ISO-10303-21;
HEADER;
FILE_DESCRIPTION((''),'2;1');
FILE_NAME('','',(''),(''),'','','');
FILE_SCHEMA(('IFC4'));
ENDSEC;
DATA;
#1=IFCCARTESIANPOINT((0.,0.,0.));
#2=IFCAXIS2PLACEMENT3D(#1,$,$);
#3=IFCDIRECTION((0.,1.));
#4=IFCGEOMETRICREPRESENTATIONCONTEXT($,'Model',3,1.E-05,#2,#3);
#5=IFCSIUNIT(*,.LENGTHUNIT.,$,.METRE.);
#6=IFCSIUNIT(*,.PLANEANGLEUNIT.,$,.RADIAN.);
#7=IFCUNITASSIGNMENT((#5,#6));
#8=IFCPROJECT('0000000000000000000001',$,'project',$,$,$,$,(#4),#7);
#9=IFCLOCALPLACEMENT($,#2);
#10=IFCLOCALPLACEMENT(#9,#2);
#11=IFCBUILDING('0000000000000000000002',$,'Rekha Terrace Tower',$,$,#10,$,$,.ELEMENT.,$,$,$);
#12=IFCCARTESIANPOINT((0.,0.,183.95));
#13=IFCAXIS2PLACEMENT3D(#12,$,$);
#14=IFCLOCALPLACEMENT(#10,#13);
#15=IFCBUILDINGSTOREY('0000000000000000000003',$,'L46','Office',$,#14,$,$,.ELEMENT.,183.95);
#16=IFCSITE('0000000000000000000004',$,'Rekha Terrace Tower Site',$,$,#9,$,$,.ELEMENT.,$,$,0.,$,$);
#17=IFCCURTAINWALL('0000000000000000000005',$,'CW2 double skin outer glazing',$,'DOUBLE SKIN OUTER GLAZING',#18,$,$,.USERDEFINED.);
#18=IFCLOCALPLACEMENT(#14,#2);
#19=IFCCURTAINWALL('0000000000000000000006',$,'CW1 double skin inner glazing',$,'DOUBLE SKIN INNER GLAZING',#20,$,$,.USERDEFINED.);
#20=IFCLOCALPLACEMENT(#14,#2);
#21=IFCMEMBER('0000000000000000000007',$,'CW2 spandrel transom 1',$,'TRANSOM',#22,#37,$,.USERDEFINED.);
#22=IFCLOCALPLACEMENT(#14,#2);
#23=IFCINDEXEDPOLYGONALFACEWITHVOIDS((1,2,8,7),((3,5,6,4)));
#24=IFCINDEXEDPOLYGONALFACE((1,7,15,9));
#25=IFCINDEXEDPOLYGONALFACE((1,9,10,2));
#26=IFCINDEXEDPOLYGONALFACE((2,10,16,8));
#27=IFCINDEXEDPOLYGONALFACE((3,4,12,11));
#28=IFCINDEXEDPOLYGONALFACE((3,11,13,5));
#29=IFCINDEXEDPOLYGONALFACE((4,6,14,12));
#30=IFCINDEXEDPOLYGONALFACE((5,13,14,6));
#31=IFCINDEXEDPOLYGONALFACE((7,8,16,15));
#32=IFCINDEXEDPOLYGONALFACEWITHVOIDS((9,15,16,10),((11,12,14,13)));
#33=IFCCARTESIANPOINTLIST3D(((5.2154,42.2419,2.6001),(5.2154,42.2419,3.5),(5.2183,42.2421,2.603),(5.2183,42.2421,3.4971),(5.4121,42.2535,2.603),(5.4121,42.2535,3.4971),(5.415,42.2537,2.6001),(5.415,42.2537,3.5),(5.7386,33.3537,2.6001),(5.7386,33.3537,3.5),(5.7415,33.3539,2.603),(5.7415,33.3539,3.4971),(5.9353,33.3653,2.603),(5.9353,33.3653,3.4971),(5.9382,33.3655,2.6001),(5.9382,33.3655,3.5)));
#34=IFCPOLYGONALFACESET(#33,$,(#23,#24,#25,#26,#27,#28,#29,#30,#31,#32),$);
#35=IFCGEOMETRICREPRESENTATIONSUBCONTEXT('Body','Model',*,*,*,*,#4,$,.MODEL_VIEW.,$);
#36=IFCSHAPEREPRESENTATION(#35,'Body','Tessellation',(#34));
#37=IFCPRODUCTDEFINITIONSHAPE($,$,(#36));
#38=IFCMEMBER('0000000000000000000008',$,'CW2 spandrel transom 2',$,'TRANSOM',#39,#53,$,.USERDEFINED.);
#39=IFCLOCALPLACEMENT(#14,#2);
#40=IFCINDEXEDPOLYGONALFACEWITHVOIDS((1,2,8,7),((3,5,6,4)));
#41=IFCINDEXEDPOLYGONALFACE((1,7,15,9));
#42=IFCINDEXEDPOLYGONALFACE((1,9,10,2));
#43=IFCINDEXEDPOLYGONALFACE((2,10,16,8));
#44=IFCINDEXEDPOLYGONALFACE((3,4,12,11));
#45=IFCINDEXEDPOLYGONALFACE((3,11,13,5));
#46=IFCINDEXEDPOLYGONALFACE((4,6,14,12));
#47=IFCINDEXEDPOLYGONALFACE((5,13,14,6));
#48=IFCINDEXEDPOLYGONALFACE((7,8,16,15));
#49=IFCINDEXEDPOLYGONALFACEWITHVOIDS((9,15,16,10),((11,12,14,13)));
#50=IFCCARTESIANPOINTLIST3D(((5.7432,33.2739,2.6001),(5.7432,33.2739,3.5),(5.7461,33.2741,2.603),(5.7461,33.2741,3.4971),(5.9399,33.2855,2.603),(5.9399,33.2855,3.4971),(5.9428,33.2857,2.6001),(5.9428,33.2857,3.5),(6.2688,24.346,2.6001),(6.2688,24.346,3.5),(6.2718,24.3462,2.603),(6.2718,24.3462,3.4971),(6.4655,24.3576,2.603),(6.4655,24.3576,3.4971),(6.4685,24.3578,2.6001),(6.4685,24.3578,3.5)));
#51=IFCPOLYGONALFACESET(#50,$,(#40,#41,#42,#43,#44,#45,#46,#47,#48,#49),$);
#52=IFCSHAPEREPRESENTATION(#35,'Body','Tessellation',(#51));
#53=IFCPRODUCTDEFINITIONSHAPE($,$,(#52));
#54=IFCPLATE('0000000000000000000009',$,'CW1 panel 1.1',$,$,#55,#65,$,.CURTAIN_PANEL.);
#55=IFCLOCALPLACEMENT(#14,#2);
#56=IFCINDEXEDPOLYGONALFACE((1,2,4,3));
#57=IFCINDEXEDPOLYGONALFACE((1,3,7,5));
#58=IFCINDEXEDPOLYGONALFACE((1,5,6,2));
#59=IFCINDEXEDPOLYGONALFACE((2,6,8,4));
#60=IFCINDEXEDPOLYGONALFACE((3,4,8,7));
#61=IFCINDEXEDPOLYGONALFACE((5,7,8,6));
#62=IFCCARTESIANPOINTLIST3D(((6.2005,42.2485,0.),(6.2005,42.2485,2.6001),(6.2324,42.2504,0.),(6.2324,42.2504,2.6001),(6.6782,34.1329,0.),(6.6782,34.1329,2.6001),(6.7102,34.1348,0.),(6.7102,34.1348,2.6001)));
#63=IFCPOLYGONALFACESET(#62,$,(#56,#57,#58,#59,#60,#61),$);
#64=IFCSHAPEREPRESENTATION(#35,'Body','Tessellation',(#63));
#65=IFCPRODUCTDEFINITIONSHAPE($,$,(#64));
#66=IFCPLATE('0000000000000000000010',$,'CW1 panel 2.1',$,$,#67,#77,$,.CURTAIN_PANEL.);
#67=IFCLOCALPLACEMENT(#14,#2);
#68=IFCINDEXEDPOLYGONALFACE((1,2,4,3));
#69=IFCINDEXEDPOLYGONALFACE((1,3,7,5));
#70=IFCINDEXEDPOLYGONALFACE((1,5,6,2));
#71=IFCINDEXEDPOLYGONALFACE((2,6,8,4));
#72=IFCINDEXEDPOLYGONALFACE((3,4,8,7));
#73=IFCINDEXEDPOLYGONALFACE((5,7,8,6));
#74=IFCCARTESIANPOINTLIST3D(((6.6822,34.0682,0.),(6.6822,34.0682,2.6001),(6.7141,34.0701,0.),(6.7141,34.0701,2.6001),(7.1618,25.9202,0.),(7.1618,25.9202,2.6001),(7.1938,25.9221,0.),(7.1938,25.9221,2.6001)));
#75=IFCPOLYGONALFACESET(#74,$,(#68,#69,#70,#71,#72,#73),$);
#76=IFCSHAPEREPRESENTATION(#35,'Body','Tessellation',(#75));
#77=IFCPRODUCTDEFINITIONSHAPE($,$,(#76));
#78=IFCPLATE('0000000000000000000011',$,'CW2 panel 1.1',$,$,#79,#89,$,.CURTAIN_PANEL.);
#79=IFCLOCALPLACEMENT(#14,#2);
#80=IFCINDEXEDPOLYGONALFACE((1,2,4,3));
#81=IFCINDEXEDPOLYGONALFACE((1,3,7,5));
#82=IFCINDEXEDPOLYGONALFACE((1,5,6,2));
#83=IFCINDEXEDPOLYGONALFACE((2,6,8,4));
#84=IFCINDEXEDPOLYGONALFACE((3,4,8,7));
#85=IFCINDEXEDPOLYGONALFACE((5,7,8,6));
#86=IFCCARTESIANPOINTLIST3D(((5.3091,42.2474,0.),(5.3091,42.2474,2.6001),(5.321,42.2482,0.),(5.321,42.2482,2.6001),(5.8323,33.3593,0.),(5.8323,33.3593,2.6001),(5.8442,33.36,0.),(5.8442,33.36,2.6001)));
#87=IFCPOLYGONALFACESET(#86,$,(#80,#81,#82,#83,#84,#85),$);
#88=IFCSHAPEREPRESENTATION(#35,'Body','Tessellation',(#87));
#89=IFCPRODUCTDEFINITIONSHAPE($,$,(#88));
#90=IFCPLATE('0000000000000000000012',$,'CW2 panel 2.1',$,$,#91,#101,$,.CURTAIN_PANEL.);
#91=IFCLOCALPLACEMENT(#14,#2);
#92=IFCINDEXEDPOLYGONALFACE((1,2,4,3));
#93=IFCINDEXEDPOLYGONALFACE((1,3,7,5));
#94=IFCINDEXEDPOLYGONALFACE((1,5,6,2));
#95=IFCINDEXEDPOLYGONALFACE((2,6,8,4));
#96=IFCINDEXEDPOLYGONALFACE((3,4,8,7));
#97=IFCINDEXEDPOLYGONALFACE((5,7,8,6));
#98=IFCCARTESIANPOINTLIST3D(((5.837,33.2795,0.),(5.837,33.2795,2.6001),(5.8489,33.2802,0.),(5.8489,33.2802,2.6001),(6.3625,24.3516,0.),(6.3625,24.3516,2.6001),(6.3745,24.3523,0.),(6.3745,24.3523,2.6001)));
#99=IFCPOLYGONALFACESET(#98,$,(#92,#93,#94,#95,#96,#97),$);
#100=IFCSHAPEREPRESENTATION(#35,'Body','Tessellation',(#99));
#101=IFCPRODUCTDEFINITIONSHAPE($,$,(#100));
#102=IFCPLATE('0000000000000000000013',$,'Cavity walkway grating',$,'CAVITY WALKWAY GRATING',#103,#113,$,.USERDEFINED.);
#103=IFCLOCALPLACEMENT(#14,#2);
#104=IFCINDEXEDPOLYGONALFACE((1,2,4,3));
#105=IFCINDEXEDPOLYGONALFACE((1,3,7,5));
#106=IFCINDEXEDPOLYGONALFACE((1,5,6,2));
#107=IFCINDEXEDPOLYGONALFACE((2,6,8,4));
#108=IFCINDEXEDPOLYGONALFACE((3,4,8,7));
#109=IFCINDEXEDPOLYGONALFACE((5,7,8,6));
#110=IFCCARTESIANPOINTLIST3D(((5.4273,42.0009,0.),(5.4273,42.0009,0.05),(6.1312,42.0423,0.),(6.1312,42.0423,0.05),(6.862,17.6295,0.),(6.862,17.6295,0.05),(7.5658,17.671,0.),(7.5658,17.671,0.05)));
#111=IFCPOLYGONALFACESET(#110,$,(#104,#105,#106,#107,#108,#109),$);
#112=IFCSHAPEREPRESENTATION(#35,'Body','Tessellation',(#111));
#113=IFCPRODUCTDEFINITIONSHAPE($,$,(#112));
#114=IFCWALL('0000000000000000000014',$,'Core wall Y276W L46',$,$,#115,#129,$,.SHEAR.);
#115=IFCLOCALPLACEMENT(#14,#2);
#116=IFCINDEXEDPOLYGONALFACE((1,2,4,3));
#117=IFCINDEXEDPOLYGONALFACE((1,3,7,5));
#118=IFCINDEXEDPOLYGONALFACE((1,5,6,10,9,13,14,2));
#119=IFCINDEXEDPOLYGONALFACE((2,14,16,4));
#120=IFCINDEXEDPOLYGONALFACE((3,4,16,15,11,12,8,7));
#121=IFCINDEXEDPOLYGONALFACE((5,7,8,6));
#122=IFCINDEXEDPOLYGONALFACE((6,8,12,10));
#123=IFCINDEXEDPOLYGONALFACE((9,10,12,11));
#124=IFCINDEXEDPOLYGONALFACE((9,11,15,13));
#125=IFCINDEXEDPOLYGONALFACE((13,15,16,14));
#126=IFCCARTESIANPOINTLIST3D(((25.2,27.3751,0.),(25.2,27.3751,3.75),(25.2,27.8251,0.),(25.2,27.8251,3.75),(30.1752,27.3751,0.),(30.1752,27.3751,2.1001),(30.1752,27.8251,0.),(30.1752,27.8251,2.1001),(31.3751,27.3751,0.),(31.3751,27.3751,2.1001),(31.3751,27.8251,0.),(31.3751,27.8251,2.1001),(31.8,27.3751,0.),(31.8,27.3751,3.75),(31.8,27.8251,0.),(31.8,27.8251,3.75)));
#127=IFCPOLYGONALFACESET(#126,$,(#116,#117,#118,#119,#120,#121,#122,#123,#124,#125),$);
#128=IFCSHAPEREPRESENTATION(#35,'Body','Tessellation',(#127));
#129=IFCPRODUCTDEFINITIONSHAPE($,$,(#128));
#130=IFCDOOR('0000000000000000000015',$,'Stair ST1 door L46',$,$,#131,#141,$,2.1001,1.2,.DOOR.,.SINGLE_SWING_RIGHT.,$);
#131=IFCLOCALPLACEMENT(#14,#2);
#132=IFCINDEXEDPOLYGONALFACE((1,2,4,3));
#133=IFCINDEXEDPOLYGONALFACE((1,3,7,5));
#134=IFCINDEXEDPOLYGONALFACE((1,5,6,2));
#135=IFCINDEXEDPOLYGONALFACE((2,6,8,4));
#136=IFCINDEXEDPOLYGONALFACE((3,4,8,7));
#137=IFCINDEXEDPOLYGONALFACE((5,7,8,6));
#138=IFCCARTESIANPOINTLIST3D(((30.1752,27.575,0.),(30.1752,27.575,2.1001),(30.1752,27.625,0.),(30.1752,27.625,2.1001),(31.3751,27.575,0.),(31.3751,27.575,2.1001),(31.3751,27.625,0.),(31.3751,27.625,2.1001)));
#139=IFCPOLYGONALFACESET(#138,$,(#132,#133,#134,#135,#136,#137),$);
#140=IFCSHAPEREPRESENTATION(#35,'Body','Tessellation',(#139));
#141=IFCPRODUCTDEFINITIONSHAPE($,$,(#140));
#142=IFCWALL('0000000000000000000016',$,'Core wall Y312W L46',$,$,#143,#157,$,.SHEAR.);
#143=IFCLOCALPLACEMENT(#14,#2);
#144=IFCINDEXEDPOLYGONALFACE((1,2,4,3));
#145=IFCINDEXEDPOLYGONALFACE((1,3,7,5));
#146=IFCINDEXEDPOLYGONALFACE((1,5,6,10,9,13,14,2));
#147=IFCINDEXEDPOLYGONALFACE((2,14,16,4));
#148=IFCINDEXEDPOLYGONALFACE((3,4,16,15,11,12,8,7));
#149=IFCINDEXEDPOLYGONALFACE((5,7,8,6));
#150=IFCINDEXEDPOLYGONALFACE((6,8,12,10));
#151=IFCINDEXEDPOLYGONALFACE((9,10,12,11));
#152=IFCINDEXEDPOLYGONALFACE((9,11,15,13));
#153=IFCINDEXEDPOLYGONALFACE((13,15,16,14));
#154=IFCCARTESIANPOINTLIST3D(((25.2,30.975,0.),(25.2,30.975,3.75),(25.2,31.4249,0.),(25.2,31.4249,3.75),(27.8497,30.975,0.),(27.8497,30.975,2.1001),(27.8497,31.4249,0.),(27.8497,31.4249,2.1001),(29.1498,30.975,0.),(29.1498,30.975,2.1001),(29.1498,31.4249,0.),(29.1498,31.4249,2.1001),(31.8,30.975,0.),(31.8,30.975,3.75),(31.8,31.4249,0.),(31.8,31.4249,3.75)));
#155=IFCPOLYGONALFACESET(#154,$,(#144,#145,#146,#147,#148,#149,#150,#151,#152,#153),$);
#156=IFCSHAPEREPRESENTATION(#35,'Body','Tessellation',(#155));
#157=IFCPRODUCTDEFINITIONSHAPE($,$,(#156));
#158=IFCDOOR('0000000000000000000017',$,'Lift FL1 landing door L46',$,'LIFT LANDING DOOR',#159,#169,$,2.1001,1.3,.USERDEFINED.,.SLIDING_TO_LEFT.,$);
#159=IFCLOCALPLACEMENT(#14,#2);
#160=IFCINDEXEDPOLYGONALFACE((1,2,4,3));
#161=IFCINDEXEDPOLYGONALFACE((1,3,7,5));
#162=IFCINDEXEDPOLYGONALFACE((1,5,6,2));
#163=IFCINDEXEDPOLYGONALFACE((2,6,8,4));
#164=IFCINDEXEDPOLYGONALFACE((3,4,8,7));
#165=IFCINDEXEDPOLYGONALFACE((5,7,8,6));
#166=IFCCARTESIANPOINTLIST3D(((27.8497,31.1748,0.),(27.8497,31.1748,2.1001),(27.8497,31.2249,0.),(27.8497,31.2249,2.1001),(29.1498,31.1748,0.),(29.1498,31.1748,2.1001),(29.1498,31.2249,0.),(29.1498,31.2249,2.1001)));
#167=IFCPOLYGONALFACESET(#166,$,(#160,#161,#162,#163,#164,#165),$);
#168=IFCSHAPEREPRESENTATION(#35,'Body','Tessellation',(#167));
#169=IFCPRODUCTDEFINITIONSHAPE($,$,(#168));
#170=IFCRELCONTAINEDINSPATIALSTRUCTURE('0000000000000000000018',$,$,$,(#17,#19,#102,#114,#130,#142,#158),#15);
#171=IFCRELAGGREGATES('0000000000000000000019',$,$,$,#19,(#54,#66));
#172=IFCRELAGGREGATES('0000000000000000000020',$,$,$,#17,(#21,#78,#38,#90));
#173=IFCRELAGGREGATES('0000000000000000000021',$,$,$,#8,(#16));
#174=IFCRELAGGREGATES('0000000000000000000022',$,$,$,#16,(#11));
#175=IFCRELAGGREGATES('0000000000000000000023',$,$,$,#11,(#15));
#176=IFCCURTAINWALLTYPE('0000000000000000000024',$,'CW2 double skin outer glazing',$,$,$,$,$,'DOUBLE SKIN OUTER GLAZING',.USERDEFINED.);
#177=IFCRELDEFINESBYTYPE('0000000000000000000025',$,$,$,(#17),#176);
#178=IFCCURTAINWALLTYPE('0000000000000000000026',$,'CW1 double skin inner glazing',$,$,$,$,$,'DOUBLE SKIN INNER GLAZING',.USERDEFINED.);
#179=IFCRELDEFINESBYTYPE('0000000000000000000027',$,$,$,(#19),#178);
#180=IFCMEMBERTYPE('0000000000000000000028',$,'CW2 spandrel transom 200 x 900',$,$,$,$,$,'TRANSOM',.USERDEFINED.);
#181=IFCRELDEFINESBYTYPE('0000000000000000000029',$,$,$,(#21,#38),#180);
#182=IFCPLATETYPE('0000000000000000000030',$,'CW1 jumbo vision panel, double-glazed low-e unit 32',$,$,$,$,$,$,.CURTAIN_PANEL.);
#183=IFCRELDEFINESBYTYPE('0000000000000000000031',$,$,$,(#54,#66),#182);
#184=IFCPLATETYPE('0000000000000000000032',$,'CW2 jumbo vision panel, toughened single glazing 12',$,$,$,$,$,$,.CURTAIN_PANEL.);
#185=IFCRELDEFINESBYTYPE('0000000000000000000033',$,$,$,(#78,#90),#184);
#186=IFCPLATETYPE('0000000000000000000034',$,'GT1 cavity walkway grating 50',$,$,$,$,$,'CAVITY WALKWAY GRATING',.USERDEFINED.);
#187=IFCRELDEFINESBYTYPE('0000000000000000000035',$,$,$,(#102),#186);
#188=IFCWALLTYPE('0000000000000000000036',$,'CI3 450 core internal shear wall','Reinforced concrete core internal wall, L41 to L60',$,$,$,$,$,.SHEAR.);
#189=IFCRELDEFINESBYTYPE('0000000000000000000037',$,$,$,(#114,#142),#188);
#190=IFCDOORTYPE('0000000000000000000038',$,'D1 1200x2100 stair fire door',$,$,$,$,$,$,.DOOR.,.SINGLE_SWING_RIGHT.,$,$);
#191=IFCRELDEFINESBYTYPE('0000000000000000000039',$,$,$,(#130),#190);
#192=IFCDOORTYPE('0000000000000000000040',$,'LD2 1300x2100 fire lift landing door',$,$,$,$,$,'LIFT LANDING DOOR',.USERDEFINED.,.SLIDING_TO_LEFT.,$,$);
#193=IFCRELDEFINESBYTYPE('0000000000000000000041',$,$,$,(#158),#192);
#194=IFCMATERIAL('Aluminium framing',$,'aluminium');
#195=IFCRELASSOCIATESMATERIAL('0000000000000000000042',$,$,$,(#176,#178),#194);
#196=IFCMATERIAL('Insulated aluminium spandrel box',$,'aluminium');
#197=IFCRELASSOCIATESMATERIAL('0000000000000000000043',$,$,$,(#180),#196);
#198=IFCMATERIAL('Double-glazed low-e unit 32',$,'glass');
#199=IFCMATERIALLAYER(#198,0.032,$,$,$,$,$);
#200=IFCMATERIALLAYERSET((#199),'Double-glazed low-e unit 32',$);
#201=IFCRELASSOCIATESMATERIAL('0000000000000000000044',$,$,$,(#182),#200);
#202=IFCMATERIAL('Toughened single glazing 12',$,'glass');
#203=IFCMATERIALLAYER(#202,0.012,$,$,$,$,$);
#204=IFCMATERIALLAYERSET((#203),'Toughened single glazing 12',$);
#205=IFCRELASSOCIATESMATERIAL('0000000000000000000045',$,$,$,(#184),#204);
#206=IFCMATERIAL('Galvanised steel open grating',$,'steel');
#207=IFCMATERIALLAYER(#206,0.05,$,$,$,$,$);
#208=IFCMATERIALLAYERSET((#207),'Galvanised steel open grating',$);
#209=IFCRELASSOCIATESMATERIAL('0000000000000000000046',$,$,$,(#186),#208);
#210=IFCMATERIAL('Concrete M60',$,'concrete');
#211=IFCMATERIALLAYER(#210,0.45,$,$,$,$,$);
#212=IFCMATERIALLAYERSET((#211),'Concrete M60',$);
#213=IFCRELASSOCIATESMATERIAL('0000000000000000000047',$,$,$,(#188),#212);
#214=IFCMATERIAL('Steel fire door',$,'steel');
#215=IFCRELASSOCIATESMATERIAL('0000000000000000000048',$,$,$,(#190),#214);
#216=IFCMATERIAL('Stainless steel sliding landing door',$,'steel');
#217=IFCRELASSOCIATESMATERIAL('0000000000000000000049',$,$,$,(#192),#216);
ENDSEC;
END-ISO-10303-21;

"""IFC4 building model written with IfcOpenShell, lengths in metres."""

from ifc_helpers import new_model, si_unit, direction, frame, frame_2d, origin, origin_2d, place, context, subcontext, project, spatial, rectangle, hollow_rectangle, extrude, material, layer, layer_set, material_profile, profile_set, type_object, element, fill, aggregate, save


model = new_model("IFC4")

# Units and contexts
model_context = context("Model", 3, precision=1e-05, world=origin(), true_north=direction((0.0, 1.0)))
body_context = subcontext(model_context, "Body", "Model", "MODEL_VIEW")
ifc_project = project(units=[si_unit("LENGTHUNIT", "METRE"), si_unit("PLANEANGLEUNIT", "RADIAN")], contexts=[model_context])

# Site, building, storey
site_placement = place(None, origin())
site = spatial("IfcSite", under=ifc_project, at=site_placement, Name="Rekha Terrace Tower Site", CompositionType="ELEMENT", RefElevation=0.0)
building_placement = place(site_placement, origin())
building = spatial("IfcBuilding", under=site, at=building_placement, Name="Rekha Terrace Tower", CompositionType="ELEMENT")
storey_placement = place(building_placement, frame((0.0, 0.0, 183.95)))
storey = spatial("IfcBuildingStorey", under=building, at=storey_placement, Name="L46", Description="Office", CompositionType="ELEMENT", Elevation=183.95)

# Curtain wall
ifc_material_1 = material(Name="Aluminium framing", Category="aluminium")
curtain_wall_type_1 = type_object("IfcCurtainWallType", Name="CW2 double skin outer glazing", ElementType="DOUBLE SKIN OUTER GLAZING", PredefinedType="USERDEFINED", material=ifc_material_1)
curtain_wall_1_placement = place(storey_placement, origin())
curtain_wall_1 = element("IfcCurtainWall", 1, at=curtain_wall_1_placement, inside=storey, type_object=curtain_wall_type_1, Name="CW2 double skin outer glazing", ObjectType="DOUBLE SKIN OUTER GLAZING", PredefinedType="USERDEFINED")

# Curtain wall
curtain_wall_type_2 = type_object("IfcCurtainWallType", Name="CW1 double skin inner glazing", ElementType="DOUBLE SKIN INNER GLAZING", PredefinedType="USERDEFINED", material=ifc_material_1)
curtain_wall_2_placement = place(storey_placement, origin())
curtain_wall_2 = element("IfcCurtainWall", 2, at=curtain_wall_2_placement, inside=storey, type_object=curtain_wall_type_2, Name="CW1 double skin inner glazing", ObjectType="DOUBLE SKIN INNER GLAZING", PredefinedType="USERDEFINED")
ifc_material_2 = material(Name="Insulated aluminium spandrel box", Category="aluminium")

# Members
ifc_material_profile_1 = material_profile(ifc_material_2, hollow_rectangle(XDim=0.2, YDim=0.8999, WallThickness=0.0029, at=origin_2d()), Name="AL SPANDREL BOX 200x900")
ifc_profile_set_1 = profile_set([ifc_material_profile_1], Name="Insulated aluminium spandrel box")
member_type_1 = type_object("IfcMemberType", Name="CW2 spandrel transom 200 x 900", ElementType="TRANSOM", PredefinedType="USERDEFINED", material=ifc_profile_set_1)
member_1_placement = place(storey_placement, frame((5.3152, 42.2478, 3.05), z_axis=(0.058762, -0.998272, 0.0), x_axis=(0.998272, 0.058762, 0.0)))
member_1 = element("IfcMember", 3, at=member_1_placement, type_object=member_type_1, Name="CW2 spandrel transom 1", ObjectType="TRANSOM", PredefinedType="USERDEFINED", context=body_context, shape_type="SweptSolid", body=[
    extrude(hollow_rectangle(XDim=0.2, YDim=0.8999, WallThickness=0.0029, at=origin_2d()), origin(), (0.0, 0.0, 1.0), 8.9036),
])
member_2_placement = place(storey_placement, frame((5.843, 33.2798, 3.05), z_axis=(0.058773, -0.998271, 0.0), x_axis=(0.998271, 0.058773, 0.0)))
member_2 = element("IfcMember", 4, at=member_2_placement, type_object=member_type_1, Name="CW2 spandrel transom 2", ObjectType="TRANSOM", PredefinedType="USERDEFINED", context=body_context, shape_type="SweptSolid", body=[
    extrude(hollow_rectangle(XDim=0.2, YDim=0.8999, WallThickness=0.0029, at=origin_2d()), origin(), (0.0, 0.0, 1.0), 8.9434),
])

# Plates
ifc_material_3 = material(Name="Double-glazed low-e unit 32", Category="glass")
ifc_layer_1 = layer(ifc_material_3, 0.032)
ifc_layer_set_1 = layer_set([ifc_layer_1], Name="Double-glazed low-e unit 32")
plate_type_1 = type_object("IfcPlateType", Name="CW1 jumbo vision panel, double-glazed low-e unit 32", PredefinedType="CURTAIN_PANEL", material=ifc_layer_set_1)
plate_1_placement = place(storey_placement, frame((6.4553, 38.1917, 0.0), z_axis=(0.0, 0.0, 1.0), x_axis=(0.058765, -0.998272, 0.0)))
plate_1 = element("IfcPlate", 5, at=plate_1_placement, type_object=plate_type_1, Name="CW1 panel 1.1", PredefinedType="CURTAIN_PANEL", context=body_context, shape_type="SweptSolid", body=[
    extrude(rectangle(XDim=8.1296, YDim=0.032, at=origin_2d()), origin(), (0.0, 0.0, 1.0), 2.6001),
])
plate_2_placement = place(storey_placement, frame((6.938, 29.9951, 0.0), z_axis=(0.0, 0.0, 1.0), x_axis=(0.058765, -0.998272, 0.0)))
plate_2 = element("IfcPlate", 6, at=plate_2_placement, type_object=plate_type_1, Name="CW1 panel 2.1", PredefinedType="CURTAIN_PANEL", context=body_context, shape_type="SweptSolid", body=[
    extrude(rectangle(XDim=8.1621, YDim=0.032, at=origin_2d()), origin(), (0.0, 0.0, 1.0), 2.6001),
])
aggregate(curtain_wall_2, [plate_1, plate_2])
ifc_material_4 = material(Name="Toughened single glazing 12", Category="glass")
ifc_layer_2 = layer(ifc_material_4, 0.012)
ifc_layer_set_2 = layer_set([ifc_layer_2], Name="Toughened single glazing 12")
plate_type_2 = type_object("IfcPlateType", Name="CW2 jumbo vision panel, toughened single glazing 12", PredefinedType="CURTAIN_PANEL", material=ifc_layer_set_2)
plate_3_placement = place(storey_placement, frame((5.5767, 37.8037, 0.0), z_axis=(0.0, 0.0, 1.0), x_axis=(0.058765, -0.998272, 0.0)))
plate_3 = element("IfcPlate", 7, at=plate_3_placement, type_object=plate_type_2, Name="CW2 panel 1.1", PredefinedType="CURTAIN_PANEL", context=body_context, shape_type="SweptSolid", body=[
    extrude(rectangle(XDim=8.9036, YDim=0.012, at=origin_2d()), origin(), (0.0, 0.0, 1.0), 2.6001),
])
plate_4_placement = place(storey_placement, frame((6.1057, 28.8159, 0.0), z_axis=(0.0, 0.0, 1.0), x_axis=(0.058765, -0.998272, 0.0)))
plate_4 = element("IfcPlate", 8, at=plate_4_placement, type_object=plate_type_2, Name="CW2 panel 2.1", PredefinedType="CURTAIN_PANEL", context=body_context, shape_type="SweptSolid", body=[
    extrude(rectangle(XDim=8.9434, YDim=0.012, at=origin_2d()), origin(), (0.0, 0.0, 1.0), 2.6001),
])
aggregate(curtain_wall_1, [member_1, plate_3, member_2, plate_4])
ifc_material_5 = material(Name="Galvanised steel open grating", Category="steel")
ifc_layer_3 = layer(ifc_material_5, 0.05)
ifc_layer_set_3 = layer_set([ifc_layer_3], Name="Galvanised steel open grating")
plate_type_3 = type_object("IfcPlateType", Name="GT1 cavity walkway grating 50", ElementType="CAVITY WALKWAY GRATING", PredefinedType="USERDEFINED", material=ifc_layer_set_3)
plate_5_placement = place(storey_placement, frame((6.4966, 29.8359, 0.0), z_axis=(0.0, 0.0, 1.0), x_axis=(0.058765, -0.998272, 0.0)))
element("IfcPlate", 9, at=plate_5_placement, inside=storey, type_object=plate_type_3, Name="Cavity walkway grating", ObjectType="CAVITY WALKWAY GRATING", PredefinedType="USERDEFINED", context=body_context, shape_type="SweptSolid", body=[
    extrude(rectangle(XDim=24.4136, YDim=0.7051, at=origin_2d()), origin(), (0.0, 0.0, 1.0), 0.05),
])

# Walls, openings, doors
ifc_material_6 = material(Name="Concrete M60", Category="concrete")
ifc_layer_4 = layer(ifc_material_6, 0.45)
ifc_layer_set_4 = layer_set([ifc_layer_4], Name="Concrete M60")
wall_type_1 = type_object("IfcWallType", Name="CI3 450 core internal shear wall", Description="Reinforced concrete core internal wall, L41 to L60", PredefinedType="SHEAR", material=ifc_layer_set_4)
wall_1_placement = place(storey_placement, frame((25.2, 27.6001, 0.0), z_axis=(0.0, 0.0, 1.0), x_axis=(1.0, 0.0, 0.0)))
wall_1 = element("IfcWall", 10, at=wall_1_placement, inside=storey, type_object=wall_type_1, Name="Core wall Y276W L46", PredefinedType="SHEAR", context=body_context, shape_type="SweptSolid", body=[
    extrude(rectangle(XDim=6.6001, YDim=0.45, at=frame_2d((3.3, 0.0))), origin(), (0.0, 0.0, 1.0), 3.75),
])
opening_1_placement = place(wall_1_placement, frame((4.9751, 0.0, 0.0)))
opening_1 = element("IfcOpeningElement", 11, at=opening_1_placement, cuts=wall_1, PredefinedType="OPENING", context=body_context, shape_type="SweptSolid", body=[
    extrude(rectangle(XDim=1.2, YDim=2.1001, at=frame_2d((0.6001, 1.05))), frame((0.0, 0.2349, 0.0), z_axis=(0.0, -1.0, 0.0), x_axis=(1.0, 0.0, 0.0)), (0.0, 0.0, 1.0), 0.47),
])
ifc_material_7 = material(Name="Steel fire door", Category="steel")
door_type_1 = type_object("IfcDoorType", Name="D1 1200x2100 stair fire door", OperationType="SINGLE_SWING_RIGHT", PredefinedType="DOOR", material=ifc_material_7)
door_1_placement = place(opening_1_placement, origin())
door_1 = element("IfcDoor", 12, at=door_1_placement, inside=storey, type_object=door_type_1, Name="Stair ST1 door L46", OperationType="SINGLE_SWING_RIGHT", OverallHeight=2.1001, OverallWidth=1.2, PredefinedType="DOOR", context=body_context, shape_type="SweptSolid", body=[
    extrude(rectangle(XDim=1.2, YDim=2.1001, at=frame_2d((0.6001, 1.05))), frame((0.0, 0.0249, 0.0), z_axis=(0.0, -1.0, 0.0), x_axis=(1.0, 0.0, 0.0)), (0.0, 0.0, 1.0), 0.05),
])
fill(opening_1, door_1)
wall_2_placement = place(storey_placement, frame((25.2, 31.2, 0.0), z_axis=(0.0, 0.0, 1.0), x_axis=(1.0, 0.0, 0.0)))
wall_2 = element("IfcWall", 13, at=wall_2_placement, inside=storey, type_object=wall_type_1, Name="Core wall Y312W L46", PredefinedType="SHEAR", context=body_context, shape_type="SweptSolid", body=[
    extrude(rectangle(XDim=6.6001, YDim=0.45, at=frame_2d((3.3, 0.0))), origin(), (0.0, 0.0, 1.0), 3.75),
])
opening_2_placement = place(wall_2_placement, frame((2.6499, 0.0, 0.0)))
opening_2 = element("IfcOpeningElement", 14, at=opening_2_placement, cuts=wall_2, PredefinedType="OPENING", context=body_context, shape_type="SweptSolid", body=[
    extrude(rectangle(XDim=1.3, YDim=2.1001, at=frame_2d((0.6499, 1.05))), frame((0.0, 0.2349, 0.0), z_axis=(0.0, -1.0, 0.0), x_axis=(1.0, 0.0, 0.0)), (0.0, 0.0, 1.0), 0.47),
])
ifc_material_8 = material(Name="Stainless steel sliding landing door", Category="steel")
door_type_2 = type_object("IfcDoorType", Name="LD2 1300x2100 fire lift landing door", ElementType="LIFT LANDING DOOR", OperationType="SLIDING_TO_LEFT", PredefinedType="USERDEFINED", material=ifc_material_8)
door_2_placement = place(opening_2_placement, origin())
door_2 = element("IfcDoor", 15, at=door_2_placement, inside=storey, type_object=door_type_2, Name="Lift FL1 landing door L46", ObjectType="LIFT LANDING DOOR", OperationType="SLIDING_TO_LEFT", OverallHeight=2.1001, OverallWidth=1.3, PredefinedType="USERDEFINED", context=body_context, shape_type="SweptSolid", body=[
    extrude(rectangle(XDim=1.3, YDim=2.1001, at=frame_2d((0.6499, 1.05))), frame((0.0, 0.0249, 0.0), z_axis=(0.0, -1.0, 0.0), x_axis=(1.0, 0.0, 0.0)), (0.0, 0.0, 1.0), 0.05),
])
fill(opening_2, door_2)

save(model, "model.ifc")
